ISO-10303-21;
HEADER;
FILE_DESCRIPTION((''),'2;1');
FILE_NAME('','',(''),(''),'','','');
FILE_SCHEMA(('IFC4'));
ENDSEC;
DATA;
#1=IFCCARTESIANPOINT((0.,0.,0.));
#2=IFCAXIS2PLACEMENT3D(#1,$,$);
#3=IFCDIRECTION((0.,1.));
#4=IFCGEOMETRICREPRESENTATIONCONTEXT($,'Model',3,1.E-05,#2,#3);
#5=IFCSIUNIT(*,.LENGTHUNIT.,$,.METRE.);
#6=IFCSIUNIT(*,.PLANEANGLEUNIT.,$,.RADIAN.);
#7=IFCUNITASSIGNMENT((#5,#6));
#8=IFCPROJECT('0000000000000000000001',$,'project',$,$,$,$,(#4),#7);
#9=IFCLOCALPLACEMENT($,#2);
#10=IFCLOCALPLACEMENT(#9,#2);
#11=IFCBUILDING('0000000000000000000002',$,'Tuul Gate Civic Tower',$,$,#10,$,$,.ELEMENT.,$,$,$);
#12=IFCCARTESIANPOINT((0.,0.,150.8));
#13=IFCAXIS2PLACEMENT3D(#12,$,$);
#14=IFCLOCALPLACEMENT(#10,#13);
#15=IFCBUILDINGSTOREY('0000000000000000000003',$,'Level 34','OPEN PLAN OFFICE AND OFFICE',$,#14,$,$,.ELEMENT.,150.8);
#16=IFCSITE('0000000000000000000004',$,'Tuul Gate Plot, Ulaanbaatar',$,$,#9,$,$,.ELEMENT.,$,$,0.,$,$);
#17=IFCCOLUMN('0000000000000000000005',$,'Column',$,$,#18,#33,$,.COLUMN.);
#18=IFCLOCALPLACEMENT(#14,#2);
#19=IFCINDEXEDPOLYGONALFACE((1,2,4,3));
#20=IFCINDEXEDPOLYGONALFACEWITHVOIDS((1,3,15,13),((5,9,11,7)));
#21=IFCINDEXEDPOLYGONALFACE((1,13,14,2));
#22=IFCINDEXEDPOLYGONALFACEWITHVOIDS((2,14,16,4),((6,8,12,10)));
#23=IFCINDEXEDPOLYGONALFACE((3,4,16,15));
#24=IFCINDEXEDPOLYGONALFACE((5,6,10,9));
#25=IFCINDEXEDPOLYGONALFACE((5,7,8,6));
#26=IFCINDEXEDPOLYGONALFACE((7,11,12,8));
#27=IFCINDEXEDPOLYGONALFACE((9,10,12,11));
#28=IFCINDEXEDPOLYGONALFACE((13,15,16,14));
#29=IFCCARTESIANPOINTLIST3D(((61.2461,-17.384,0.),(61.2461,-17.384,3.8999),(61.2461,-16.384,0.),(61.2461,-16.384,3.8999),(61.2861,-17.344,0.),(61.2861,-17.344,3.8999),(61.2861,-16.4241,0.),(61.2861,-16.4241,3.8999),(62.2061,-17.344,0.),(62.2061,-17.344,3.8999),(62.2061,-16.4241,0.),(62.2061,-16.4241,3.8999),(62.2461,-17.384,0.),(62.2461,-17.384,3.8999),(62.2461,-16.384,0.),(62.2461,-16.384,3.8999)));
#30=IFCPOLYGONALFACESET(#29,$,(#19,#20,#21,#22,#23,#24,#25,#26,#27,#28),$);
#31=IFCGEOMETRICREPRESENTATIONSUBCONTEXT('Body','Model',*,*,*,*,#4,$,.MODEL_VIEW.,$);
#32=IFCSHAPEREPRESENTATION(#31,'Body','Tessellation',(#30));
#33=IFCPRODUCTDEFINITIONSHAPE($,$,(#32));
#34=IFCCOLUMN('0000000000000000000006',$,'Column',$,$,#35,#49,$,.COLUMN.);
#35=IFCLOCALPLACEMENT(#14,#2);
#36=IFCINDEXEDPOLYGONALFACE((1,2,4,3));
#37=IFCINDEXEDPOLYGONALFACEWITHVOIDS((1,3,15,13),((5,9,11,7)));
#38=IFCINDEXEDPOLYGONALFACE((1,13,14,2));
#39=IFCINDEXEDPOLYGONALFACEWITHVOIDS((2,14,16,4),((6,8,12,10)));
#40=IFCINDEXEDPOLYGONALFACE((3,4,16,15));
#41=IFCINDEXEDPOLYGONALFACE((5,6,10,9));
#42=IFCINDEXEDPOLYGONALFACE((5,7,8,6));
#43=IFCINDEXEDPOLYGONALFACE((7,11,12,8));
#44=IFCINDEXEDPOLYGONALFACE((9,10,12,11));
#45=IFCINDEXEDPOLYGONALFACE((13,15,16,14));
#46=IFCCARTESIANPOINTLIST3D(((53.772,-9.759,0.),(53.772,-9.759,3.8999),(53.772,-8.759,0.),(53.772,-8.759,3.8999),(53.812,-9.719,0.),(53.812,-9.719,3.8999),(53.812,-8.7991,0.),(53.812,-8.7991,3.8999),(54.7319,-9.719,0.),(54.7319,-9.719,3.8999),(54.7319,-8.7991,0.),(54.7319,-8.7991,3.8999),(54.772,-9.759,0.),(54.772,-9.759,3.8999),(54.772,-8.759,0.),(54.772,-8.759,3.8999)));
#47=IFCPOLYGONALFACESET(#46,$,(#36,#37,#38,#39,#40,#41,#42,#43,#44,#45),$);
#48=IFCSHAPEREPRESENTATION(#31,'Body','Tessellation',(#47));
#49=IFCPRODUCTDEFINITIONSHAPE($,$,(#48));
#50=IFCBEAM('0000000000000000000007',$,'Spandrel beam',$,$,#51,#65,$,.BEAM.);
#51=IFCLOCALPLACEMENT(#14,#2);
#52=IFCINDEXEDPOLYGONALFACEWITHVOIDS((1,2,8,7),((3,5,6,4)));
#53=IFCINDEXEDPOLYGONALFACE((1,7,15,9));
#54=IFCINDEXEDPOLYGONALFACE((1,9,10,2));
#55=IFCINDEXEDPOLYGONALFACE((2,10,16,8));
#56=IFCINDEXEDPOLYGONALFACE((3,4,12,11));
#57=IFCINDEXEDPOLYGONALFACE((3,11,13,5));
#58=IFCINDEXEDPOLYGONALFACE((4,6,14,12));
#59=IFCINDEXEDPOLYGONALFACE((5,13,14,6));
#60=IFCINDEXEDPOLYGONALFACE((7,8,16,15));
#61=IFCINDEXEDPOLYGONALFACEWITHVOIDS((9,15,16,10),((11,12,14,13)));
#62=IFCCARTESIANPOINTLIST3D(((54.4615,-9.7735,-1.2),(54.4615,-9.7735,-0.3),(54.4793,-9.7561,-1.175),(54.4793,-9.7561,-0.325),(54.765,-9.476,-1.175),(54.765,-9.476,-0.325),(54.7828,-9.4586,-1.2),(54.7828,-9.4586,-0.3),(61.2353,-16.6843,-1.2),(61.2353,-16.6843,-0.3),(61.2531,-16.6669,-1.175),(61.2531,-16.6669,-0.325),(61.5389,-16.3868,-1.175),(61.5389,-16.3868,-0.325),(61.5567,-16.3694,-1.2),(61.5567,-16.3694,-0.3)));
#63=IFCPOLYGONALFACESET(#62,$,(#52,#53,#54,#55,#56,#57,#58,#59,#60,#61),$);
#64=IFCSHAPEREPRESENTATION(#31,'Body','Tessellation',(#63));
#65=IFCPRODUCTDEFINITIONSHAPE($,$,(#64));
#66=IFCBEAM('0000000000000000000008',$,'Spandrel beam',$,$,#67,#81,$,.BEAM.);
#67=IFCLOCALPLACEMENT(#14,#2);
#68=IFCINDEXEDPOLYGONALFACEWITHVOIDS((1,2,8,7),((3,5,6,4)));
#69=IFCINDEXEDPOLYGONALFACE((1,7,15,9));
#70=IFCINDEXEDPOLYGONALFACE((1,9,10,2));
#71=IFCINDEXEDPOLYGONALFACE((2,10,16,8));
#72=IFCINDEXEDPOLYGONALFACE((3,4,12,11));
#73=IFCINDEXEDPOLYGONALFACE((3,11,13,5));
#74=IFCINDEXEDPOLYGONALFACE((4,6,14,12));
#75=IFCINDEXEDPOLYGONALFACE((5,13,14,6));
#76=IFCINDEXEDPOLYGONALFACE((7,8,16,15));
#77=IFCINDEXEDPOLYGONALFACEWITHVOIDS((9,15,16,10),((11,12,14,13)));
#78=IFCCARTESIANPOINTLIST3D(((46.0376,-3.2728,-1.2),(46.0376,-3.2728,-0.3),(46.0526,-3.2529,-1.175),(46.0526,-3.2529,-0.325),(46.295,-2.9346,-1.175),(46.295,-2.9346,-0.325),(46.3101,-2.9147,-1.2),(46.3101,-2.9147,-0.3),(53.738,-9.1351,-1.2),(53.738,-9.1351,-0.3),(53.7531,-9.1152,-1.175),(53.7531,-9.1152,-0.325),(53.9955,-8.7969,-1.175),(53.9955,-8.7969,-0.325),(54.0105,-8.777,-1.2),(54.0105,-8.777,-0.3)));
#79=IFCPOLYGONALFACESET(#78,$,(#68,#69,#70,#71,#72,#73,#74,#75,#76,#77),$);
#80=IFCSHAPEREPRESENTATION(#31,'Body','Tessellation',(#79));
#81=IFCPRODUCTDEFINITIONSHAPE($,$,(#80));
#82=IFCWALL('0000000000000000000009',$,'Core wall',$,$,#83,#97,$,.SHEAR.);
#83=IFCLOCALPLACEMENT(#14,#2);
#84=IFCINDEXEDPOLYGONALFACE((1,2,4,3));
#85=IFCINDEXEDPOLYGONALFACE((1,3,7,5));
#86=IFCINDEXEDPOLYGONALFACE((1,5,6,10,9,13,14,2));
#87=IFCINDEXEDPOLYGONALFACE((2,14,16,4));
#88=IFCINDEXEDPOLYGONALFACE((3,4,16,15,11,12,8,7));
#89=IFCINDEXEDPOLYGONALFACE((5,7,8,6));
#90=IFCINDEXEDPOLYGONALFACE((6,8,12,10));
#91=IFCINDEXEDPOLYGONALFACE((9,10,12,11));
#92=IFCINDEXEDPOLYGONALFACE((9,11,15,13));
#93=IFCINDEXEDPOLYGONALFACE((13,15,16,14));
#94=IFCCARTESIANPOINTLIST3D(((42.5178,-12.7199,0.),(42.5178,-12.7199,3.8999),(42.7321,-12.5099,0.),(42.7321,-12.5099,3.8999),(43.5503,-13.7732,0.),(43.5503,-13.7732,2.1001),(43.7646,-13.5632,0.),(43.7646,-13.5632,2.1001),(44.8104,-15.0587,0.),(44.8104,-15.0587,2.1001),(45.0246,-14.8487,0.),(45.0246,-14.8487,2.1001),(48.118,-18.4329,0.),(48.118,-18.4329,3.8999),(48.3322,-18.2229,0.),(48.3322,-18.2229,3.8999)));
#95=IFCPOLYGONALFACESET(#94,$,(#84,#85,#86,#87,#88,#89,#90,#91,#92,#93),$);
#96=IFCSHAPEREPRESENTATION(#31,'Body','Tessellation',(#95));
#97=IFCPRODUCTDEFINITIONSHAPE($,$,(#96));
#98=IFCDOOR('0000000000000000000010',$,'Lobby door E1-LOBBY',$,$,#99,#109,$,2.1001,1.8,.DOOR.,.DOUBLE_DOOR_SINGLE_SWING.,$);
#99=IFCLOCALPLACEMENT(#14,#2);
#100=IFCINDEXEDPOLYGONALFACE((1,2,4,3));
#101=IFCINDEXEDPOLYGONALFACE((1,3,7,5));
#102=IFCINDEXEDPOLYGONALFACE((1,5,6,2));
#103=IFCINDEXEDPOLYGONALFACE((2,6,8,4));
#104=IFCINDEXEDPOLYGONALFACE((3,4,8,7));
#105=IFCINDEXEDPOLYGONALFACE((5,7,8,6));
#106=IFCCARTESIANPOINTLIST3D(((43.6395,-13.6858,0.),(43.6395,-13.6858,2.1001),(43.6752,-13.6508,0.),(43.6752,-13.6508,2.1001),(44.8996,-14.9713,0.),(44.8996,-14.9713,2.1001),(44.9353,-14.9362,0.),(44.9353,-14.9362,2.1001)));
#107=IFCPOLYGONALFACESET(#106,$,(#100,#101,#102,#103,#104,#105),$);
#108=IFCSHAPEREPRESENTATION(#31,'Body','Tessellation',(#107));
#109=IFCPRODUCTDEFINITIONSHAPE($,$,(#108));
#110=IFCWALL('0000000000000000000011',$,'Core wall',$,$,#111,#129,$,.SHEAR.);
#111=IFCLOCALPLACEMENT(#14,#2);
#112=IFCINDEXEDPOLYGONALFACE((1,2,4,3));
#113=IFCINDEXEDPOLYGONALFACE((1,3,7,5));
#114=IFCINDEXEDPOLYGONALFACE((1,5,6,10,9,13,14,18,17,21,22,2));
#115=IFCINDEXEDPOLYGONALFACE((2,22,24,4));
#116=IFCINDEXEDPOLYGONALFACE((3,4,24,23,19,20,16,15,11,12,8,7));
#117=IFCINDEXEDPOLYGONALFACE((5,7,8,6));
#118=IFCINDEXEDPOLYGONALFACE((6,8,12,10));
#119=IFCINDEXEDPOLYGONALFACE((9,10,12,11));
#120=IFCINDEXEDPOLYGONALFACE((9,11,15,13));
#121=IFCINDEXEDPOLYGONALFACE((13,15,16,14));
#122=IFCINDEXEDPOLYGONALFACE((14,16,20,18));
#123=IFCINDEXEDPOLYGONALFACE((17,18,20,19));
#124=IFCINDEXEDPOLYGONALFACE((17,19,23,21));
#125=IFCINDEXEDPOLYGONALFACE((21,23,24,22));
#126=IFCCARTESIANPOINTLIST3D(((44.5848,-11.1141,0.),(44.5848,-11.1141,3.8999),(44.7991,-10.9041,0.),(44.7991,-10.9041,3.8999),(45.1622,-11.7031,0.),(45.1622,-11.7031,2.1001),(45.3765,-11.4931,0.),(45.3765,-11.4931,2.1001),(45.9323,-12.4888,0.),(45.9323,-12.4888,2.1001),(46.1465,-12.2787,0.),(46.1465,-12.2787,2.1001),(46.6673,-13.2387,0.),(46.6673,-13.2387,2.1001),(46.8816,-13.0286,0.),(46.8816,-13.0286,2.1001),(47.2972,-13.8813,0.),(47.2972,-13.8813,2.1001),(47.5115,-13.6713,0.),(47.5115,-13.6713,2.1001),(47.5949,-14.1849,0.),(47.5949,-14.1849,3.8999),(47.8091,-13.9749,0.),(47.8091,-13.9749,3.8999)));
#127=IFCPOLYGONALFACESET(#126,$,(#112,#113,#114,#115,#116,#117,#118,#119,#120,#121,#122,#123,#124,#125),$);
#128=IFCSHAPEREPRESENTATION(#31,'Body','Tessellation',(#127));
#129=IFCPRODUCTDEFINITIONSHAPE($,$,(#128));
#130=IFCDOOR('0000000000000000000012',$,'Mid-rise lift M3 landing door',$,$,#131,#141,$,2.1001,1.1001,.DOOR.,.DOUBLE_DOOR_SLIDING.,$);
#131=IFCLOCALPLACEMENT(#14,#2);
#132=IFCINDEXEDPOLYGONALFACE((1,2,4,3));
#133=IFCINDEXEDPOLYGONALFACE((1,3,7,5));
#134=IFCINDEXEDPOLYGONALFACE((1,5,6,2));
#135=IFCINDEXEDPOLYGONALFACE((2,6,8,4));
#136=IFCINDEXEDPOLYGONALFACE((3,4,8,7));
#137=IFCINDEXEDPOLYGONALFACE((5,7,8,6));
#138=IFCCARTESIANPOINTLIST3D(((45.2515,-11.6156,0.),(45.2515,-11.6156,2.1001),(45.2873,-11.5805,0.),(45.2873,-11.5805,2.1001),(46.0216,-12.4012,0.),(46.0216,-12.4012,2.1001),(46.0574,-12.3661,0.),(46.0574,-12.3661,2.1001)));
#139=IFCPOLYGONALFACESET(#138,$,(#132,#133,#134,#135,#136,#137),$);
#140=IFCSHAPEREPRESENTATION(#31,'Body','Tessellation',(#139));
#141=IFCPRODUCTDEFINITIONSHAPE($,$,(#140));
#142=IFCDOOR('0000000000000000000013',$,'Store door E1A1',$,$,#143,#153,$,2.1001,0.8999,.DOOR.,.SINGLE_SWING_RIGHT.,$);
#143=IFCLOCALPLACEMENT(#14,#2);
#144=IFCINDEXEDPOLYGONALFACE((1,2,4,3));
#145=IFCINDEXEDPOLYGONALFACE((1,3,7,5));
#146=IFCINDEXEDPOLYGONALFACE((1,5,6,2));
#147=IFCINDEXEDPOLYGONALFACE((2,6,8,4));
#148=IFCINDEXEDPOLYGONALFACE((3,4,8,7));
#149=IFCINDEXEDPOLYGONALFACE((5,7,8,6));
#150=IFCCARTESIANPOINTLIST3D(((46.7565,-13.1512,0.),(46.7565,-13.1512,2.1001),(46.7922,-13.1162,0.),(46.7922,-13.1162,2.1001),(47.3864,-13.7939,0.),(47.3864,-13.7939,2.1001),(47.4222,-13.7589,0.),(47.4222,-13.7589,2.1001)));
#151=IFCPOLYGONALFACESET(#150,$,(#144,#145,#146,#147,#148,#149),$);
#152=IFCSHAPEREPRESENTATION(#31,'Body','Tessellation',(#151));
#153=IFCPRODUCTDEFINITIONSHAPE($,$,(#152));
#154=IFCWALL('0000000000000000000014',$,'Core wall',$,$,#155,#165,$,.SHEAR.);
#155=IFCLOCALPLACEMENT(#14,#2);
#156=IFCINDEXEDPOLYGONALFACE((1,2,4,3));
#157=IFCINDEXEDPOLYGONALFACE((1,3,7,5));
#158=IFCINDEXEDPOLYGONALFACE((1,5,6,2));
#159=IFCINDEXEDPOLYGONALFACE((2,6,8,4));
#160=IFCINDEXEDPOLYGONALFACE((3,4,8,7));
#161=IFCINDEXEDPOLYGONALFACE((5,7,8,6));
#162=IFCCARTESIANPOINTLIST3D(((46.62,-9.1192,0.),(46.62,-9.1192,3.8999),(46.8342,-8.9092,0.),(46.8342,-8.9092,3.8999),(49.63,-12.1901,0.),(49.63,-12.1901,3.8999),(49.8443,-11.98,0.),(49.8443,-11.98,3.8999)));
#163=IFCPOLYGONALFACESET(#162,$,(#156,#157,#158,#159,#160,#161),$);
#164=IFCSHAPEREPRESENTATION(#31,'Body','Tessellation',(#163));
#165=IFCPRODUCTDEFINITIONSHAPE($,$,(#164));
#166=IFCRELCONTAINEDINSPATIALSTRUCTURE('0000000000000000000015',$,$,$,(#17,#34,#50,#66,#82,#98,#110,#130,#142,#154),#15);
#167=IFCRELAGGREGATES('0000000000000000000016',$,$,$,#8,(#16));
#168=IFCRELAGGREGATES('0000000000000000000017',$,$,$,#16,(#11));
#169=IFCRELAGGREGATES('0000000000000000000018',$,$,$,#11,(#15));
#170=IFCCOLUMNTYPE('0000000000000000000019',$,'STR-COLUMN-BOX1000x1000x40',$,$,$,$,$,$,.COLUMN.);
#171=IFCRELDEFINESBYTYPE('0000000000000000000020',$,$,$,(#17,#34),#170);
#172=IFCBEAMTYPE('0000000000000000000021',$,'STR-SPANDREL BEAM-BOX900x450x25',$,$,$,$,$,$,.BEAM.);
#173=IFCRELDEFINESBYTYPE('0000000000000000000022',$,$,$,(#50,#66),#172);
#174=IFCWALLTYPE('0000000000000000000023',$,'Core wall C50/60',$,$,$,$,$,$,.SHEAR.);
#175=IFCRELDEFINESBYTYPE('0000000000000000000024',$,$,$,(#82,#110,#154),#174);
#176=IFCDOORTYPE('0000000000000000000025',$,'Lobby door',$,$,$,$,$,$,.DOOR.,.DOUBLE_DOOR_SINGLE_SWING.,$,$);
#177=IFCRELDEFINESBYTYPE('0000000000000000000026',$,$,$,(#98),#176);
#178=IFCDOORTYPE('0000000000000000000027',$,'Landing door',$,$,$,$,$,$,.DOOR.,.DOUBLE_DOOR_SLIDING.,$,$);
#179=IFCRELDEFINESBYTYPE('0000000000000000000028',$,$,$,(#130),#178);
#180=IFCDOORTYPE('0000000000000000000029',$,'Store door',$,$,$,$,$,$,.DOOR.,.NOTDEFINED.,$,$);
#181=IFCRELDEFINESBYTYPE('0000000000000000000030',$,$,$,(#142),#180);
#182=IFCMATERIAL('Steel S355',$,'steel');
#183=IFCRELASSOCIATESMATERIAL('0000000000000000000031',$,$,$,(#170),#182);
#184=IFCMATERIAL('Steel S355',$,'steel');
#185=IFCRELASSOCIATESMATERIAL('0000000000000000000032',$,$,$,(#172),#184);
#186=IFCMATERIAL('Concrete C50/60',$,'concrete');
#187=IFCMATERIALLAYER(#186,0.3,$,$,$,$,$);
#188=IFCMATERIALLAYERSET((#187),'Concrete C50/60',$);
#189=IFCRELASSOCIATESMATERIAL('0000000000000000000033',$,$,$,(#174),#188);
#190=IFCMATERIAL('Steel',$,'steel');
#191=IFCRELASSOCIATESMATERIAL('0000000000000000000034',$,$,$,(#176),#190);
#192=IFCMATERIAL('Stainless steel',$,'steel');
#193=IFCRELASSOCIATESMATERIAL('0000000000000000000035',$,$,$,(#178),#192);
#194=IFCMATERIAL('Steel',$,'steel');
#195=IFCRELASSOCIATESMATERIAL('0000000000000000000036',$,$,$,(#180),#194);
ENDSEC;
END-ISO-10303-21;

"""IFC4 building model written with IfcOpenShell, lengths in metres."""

from ifc_helpers import new_model, si_unit, direction, frame, frame_2d, origin, origin_2d, place, context, subcontext, project, spatial, rectangle, hollow_rectangle, extrude, material, layer, layer_set, material_profile, profile_set, type_object, element, fill, save


model = new_model("IFC4")

# Units and contexts
model_context = context("Model", 3, precision=1e-05, world=origin(), true_north=direction((0.0, 1.0)))
body_context = subcontext(model_context, "Body", "Model", "MODEL_VIEW")
ifc_project = project(units=[si_unit("LENGTHUNIT", "METRE"), si_unit("PLANEANGLEUNIT", "RADIAN")], contexts=[model_context])

# Site, building, storey
site_placement = place(None, origin())
site = spatial("IfcSite", under=ifc_project, at=site_placement, Name="Tuul Gate Plot, Ulaanbaatar", CompositionType="ELEMENT", RefElevation=0.0)
building_placement = place(site_placement, origin())
building = spatial("IfcBuilding", under=site, at=building_placement, Name="Tuul Gate Civic Tower", CompositionType="ELEMENT")
storey_placement = place(building_placement, frame((0.0, 0.0, 150.8)))
storey = spatial("IfcBuildingStorey", under=building, at=storey_placement, Name="Level 34", Description="OPEN PLAN OFFICE AND OFFICE", CompositionType="ELEMENT", Elevation=150.8)

# Columns
ifc_material_1 = material(Name="Steel S355", Category="steel")
ifc_material_profile_1 = material_profile(ifc_material_1, hollow_rectangle(XDim=1.0, YDim=1.0, WallThickness=0.04, at=origin_2d()), Name="BOX1000x1000x40")
ifc_profile_set_1 = profile_set([ifc_material_profile_1], Name="Steel S355")
column_type = type_object("IfcColumnType", Name="STR-COLUMN-BOX1000x1000x40", PredefinedType="COLUMN", material=ifc_profile_set_1)
for number, where, z_axis, x_axis, name in (
    (1, (61.7461, -16.884, 0.0), (0.0, 0.0, 1.0), (1.0, 0.0, 0.0), "Column"),
    (2, (54.272, -9.259, 0.0), (0.0, 0.0, 1.0), (1.0, 0.0, 0.0), "Column"),
):
    element("IfcColumn", number, at=place(storey_placement, frame(where, z_axis=z_axis, x_axis=x_axis)), inside=storey, type_object=column_type, Name=name, PredefinedType="COLUMN", context=body_context, shape_type="SweptSolid", body=[
        extrude(hollow_rectangle(XDim=1.0, YDim=1.0, WallThickness=0.04, at=origin_2d()), origin(), (0.0, 0.0, 1.0), 3.8999),
    ])

# Beams
ifc_material_2 = material(Name="Steel S355", Category="steel")
ifc_material_profile_2 = material_profile(ifc_material_2, hollow_rectangle(XDim=0.45, YDim=0.8999, WallThickness=0.0249, at=origin_2d()), Name="BOX900x450x25")
ifc_profile_set_2 = profile_set([ifc_material_profile_2], Name="Steel S355")
beam_type = type_object("IfcBeamType", Name="STR-SPANDREL BEAM-BOX900x450x25", PredefinedType="BEAM", material=ifc_profile_set_2)
beam_1_placement = place(storey_placement, frame((61.396, -16.5269, -0.75), z_axis=(-0.699995, 0.714148, 0.0), x_axis=(-0.714148, -0.699995, 0.0)))
element("IfcBeam", 3, at=beam_1_placement, inside=storey, type_object=beam_type, Name="Spandrel beam", PredefinedType="BEAM", context=body_context, shape_type="SweptSolid", body=[
    extrude(hollow_rectangle(XDim=0.45, YDim=0.8999, WallThickness=0.0249, at=origin_2d()), origin(), (0.0, 0.0, 1.0), 9.677),
])
beam_2_placement = place(storey_placement, frame((53.8743, -8.9561, -0.75), z_axis=(-0.795666, 0.605736, 0.0), x_axis=(-0.605736, -0.795666, 0.0)))
element("IfcBeam", 4, at=beam_2_placement, inside=storey, type_object=beam_type, Name="Spandrel beam", PredefinedType="BEAM", context=body_context, shape_type="SweptSolid", body=[
    extrude(hollow_rectangle(XDim=0.45, YDim=0.8999, WallThickness=0.0249, at=origin_2d()), origin(), (0.0, 0.0, 1.0), 9.678),
])

# Wall, opening, door
ifc_material_3 = material(Name="Concrete C50/60", Category="concrete")
ifc_layer_1 = layer(ifc_material_3, 0.3)
ifc_layer_set_1 = layer_set([ifc_layer_1], Name="Concrete C50/60")
wall_type_1 = type_object("IfcWallType", Name="Core wall C50/60", PredefinedType="SHEAR", material=ifc_layer_set_1)
wall_1_placement = place(storey_placement, frame((48.2251, -18.3279, 0.0), z_axis=(0.0, 0.0, 1.0), x_axis=(-0.700022, 0.714121, 0.0)))
wall_1 = element("IfcWall", 5, at=wall_1_placement, inside=storey, type_object=wall_type_1, Name="Core wall", PredefinedType="SHEAR", context=body_context, shape_type="SweptSolid", body=[
    extrude(rectangle(XDim=8.0, YDim=0.3, at=frame_2d((4.0, 0.0))), origin(), (0.0, 0.0, 1.0), 3.8999),
])
opening_1_placement = place(wall_1_placement, frame((4.7251, 0.0, 0.0)))
opening_1 = element("IfcOpeningElement", 6, at=opening_1_placement, cuts=wall_1, PredefinedType="OPENING", context=body_context, shape_type="SweptSolid", body=[
    extrude(rectangle(XDim=1.8, YDim=2.1001, at=frame_2d((0.8999, 1.05))), frame((0.0, 0.1602, 0.0), z_axis=(0.0, -1.0, 0.0), x_axis=(1.0, 0.0, 0.0)), (0.0, 0.0, 1.0), 0.3201),
])
ifc_material_4 = material(Name="Steel", Category="steel")
door_type_1 = type_object("IfcDoorType", Name="Lobby door", OperationType="DOUBLE_DOOR_SINGLE_SWING", PredefinedType="DOOR", material=ifc_material_4)
door_1_placement = place(opening_1_placement, frame((1.8, 0.0, 0.0), z_axis=(0.0, 0.0, 1.0), x_axis=(-1.0, 0.0, 0.0)))
door_1 = element("IfcDoor", 7, at=door_1_placement, inside=storey, type_object=door_type_1, Name="Lobby door E1-LOBBY", OperationType="DOUBLE_DOOR_SINGLE_SWING", OverallHeight=2.1001, OverallWidth=1.8, PredefinedType="DOOR", context=body_context, shape_type="SweptSolid", body=[
    extrude(rectangle(XDim=1.8, YDim=2.1001, at=frame_2d((0.9001, 1.05))), frame((0.0, 0.0249, 0.0), z_axis=(0.0, -1.0, 0.0), x_axis=(1.0, 0.0, 0.0)), (0.0, 0.0, 1.0), 0.05),
])
fill(opening_1, door_1)

# Wall, openings, doors
wall_2_placement = place(storey_placement, frame((47.7019, -14.0798, 0.0), z_axis=(0.0, 0.0, 1.0), x_axis=(-0.700003, 0.71414, 0.0)))
wall_2 = element("IfcWall", 8, at=wall_2_placement, inside=storey, type_object=wall_type_1, Name="Core wall", PredefinedType="SHEAR", context=body_context, shape_type="SweptSolid", body=[
    extrude(rectangle(XDim=4.3, YDim=0.3, at=frame_2d((2.1499, 0.0))), origin(), (0.0, 0.0, 1.0), 3.8999),
])
opening_2_placement = place(wall_2_placement, frame((0.425, 0.0, 0.0)))
opening_2 = element("IfcOpeningElement", 9, at=opening_2_placement, cuts=wall_2, PredefinedType="OPENING", context=body_context, shape_type="SweptSolid", body=[
    extrude(rectangle(XDim=0.8999, YDim=2.1001, at=frame_2d((0.45, 1.05))), frame((0.0, 0.1602, 0.0), z_axis=(0.0, -1.0, 0.0), x_axis=(1.0, 0.0, 0.0)), (0.0, 0.0, 1.0), 0.3201),
])
opening_3_placement = place(wall_2_placement, frame((2.375, 0.0, 0.0)))
opening_3 = element("IfcOpeningElement", 10, at=opening_3_placement, cuts=wall_2, PredefinedType="OPENING", context=body_context, shape_type="SweptSolid", body=[
    extrude(rectangle(XDim=1.1001, YDim=2.1001, at=frame_2d((0.55, 1.05))), frame((0.0, 0.1602, 0.0), z_axis=(0.0, -1.0, 0.0), x_axis=(1.0, 0.0, 0.0)), (0.0, 0.0, 1.0), 0.3201),
])
ifc_material_5 = material(Name="Stainless steel", Category="steel")
door_type_2 = type_object("IfcDoorType", Name="Landing door", OperationType="DOUBLE_DOOR_SLIDING", PredefinedType="DOOR", material=ifc_material_5)
door_2_placement = place(opening_3_placement, origin())
door_2 = element("IfcDoor", 11, at=door_2_placement, inside=storey, type_object=door_type_2, Name="Mid-rise lift M3 landing door", OperationType="DOUBLE_DOOR_SLIDING", OverallHeight=2.1001, OverallWidth=1.1001, PredefinedType="DOOR", context=body_context, shape_type="SweptSolid", body=[
    extrude(rectangle(XDim=1.1001, YDim=2.1001, at=frame_2d((0.55, 1.05))), frame((0.0, 0.0249, 0.0), z_axis=(0.0, -1.0, 0.0), x_axis=(1.0, 0.0, 0.0)), (0.0, 0.0, 1.0), 0.05),
])
fill(opening_3, door_2)
ifc_material_6 = material(Name="Steel", Category="steel")
door_type_3 = type_object("IfcDoorType", Name="Store door", OperationType="NOTDEFINED", PredefinedType="DOOR", material=ifc_material_6)
door_3_placement = place(opening_2_placement, frame((0.8999, 0.0, 0.0), z_axis=(0.0, 0.0, 1.0), x_axis=(-1.0, 0.0, 0.0)))
door_3 = element("IfcDoor", 12, at=door_3_placement, inside=storey, type_object=door_type_3, Name="Store door E1A1", OperationType="SINGLE_SWING_RIGHT", OverallHeight=2.1001, OverallWidth=0.8999, PredefinedType="DOOR", context=body_context, shape_type="SweptSolid", body=[
    extrude(rectangle(XDim=0.8999, YDim=2.1001, at=frame_2d((0.45, 1.05))), frame((0.0, 0.0249, 0.0), z_axis=(0.0, -1.0, 0.0), x_axis=(1.0, 0.0, 0.0)), (0.0, 0.0, 1.0), 0.05),
])
fill(opening_2, door_3)

# Wall
wall_3_placement = place(storey_placement, frame((49.7371, -12.085, 0.0), z_axis=(0.0, 0.0, 1.0), x_axis=(-0.700003, 0.71414, 0.0)))
element("IfcWall", 13, at=wall_3_placement, inside=storey, type_object=wall_type_1, Name="Core wall", PredefinedType="SHEAR", context=body_context, shape_type="SweptSolid", body=[
    extrude(rectangle(XDim=4.3, YDim=0.3, at=frame_2d((2.1499, 0.0))), origin(), (0.0, 0.0, 1.0), 3.8999),
])

save(model, "model.ifc")
